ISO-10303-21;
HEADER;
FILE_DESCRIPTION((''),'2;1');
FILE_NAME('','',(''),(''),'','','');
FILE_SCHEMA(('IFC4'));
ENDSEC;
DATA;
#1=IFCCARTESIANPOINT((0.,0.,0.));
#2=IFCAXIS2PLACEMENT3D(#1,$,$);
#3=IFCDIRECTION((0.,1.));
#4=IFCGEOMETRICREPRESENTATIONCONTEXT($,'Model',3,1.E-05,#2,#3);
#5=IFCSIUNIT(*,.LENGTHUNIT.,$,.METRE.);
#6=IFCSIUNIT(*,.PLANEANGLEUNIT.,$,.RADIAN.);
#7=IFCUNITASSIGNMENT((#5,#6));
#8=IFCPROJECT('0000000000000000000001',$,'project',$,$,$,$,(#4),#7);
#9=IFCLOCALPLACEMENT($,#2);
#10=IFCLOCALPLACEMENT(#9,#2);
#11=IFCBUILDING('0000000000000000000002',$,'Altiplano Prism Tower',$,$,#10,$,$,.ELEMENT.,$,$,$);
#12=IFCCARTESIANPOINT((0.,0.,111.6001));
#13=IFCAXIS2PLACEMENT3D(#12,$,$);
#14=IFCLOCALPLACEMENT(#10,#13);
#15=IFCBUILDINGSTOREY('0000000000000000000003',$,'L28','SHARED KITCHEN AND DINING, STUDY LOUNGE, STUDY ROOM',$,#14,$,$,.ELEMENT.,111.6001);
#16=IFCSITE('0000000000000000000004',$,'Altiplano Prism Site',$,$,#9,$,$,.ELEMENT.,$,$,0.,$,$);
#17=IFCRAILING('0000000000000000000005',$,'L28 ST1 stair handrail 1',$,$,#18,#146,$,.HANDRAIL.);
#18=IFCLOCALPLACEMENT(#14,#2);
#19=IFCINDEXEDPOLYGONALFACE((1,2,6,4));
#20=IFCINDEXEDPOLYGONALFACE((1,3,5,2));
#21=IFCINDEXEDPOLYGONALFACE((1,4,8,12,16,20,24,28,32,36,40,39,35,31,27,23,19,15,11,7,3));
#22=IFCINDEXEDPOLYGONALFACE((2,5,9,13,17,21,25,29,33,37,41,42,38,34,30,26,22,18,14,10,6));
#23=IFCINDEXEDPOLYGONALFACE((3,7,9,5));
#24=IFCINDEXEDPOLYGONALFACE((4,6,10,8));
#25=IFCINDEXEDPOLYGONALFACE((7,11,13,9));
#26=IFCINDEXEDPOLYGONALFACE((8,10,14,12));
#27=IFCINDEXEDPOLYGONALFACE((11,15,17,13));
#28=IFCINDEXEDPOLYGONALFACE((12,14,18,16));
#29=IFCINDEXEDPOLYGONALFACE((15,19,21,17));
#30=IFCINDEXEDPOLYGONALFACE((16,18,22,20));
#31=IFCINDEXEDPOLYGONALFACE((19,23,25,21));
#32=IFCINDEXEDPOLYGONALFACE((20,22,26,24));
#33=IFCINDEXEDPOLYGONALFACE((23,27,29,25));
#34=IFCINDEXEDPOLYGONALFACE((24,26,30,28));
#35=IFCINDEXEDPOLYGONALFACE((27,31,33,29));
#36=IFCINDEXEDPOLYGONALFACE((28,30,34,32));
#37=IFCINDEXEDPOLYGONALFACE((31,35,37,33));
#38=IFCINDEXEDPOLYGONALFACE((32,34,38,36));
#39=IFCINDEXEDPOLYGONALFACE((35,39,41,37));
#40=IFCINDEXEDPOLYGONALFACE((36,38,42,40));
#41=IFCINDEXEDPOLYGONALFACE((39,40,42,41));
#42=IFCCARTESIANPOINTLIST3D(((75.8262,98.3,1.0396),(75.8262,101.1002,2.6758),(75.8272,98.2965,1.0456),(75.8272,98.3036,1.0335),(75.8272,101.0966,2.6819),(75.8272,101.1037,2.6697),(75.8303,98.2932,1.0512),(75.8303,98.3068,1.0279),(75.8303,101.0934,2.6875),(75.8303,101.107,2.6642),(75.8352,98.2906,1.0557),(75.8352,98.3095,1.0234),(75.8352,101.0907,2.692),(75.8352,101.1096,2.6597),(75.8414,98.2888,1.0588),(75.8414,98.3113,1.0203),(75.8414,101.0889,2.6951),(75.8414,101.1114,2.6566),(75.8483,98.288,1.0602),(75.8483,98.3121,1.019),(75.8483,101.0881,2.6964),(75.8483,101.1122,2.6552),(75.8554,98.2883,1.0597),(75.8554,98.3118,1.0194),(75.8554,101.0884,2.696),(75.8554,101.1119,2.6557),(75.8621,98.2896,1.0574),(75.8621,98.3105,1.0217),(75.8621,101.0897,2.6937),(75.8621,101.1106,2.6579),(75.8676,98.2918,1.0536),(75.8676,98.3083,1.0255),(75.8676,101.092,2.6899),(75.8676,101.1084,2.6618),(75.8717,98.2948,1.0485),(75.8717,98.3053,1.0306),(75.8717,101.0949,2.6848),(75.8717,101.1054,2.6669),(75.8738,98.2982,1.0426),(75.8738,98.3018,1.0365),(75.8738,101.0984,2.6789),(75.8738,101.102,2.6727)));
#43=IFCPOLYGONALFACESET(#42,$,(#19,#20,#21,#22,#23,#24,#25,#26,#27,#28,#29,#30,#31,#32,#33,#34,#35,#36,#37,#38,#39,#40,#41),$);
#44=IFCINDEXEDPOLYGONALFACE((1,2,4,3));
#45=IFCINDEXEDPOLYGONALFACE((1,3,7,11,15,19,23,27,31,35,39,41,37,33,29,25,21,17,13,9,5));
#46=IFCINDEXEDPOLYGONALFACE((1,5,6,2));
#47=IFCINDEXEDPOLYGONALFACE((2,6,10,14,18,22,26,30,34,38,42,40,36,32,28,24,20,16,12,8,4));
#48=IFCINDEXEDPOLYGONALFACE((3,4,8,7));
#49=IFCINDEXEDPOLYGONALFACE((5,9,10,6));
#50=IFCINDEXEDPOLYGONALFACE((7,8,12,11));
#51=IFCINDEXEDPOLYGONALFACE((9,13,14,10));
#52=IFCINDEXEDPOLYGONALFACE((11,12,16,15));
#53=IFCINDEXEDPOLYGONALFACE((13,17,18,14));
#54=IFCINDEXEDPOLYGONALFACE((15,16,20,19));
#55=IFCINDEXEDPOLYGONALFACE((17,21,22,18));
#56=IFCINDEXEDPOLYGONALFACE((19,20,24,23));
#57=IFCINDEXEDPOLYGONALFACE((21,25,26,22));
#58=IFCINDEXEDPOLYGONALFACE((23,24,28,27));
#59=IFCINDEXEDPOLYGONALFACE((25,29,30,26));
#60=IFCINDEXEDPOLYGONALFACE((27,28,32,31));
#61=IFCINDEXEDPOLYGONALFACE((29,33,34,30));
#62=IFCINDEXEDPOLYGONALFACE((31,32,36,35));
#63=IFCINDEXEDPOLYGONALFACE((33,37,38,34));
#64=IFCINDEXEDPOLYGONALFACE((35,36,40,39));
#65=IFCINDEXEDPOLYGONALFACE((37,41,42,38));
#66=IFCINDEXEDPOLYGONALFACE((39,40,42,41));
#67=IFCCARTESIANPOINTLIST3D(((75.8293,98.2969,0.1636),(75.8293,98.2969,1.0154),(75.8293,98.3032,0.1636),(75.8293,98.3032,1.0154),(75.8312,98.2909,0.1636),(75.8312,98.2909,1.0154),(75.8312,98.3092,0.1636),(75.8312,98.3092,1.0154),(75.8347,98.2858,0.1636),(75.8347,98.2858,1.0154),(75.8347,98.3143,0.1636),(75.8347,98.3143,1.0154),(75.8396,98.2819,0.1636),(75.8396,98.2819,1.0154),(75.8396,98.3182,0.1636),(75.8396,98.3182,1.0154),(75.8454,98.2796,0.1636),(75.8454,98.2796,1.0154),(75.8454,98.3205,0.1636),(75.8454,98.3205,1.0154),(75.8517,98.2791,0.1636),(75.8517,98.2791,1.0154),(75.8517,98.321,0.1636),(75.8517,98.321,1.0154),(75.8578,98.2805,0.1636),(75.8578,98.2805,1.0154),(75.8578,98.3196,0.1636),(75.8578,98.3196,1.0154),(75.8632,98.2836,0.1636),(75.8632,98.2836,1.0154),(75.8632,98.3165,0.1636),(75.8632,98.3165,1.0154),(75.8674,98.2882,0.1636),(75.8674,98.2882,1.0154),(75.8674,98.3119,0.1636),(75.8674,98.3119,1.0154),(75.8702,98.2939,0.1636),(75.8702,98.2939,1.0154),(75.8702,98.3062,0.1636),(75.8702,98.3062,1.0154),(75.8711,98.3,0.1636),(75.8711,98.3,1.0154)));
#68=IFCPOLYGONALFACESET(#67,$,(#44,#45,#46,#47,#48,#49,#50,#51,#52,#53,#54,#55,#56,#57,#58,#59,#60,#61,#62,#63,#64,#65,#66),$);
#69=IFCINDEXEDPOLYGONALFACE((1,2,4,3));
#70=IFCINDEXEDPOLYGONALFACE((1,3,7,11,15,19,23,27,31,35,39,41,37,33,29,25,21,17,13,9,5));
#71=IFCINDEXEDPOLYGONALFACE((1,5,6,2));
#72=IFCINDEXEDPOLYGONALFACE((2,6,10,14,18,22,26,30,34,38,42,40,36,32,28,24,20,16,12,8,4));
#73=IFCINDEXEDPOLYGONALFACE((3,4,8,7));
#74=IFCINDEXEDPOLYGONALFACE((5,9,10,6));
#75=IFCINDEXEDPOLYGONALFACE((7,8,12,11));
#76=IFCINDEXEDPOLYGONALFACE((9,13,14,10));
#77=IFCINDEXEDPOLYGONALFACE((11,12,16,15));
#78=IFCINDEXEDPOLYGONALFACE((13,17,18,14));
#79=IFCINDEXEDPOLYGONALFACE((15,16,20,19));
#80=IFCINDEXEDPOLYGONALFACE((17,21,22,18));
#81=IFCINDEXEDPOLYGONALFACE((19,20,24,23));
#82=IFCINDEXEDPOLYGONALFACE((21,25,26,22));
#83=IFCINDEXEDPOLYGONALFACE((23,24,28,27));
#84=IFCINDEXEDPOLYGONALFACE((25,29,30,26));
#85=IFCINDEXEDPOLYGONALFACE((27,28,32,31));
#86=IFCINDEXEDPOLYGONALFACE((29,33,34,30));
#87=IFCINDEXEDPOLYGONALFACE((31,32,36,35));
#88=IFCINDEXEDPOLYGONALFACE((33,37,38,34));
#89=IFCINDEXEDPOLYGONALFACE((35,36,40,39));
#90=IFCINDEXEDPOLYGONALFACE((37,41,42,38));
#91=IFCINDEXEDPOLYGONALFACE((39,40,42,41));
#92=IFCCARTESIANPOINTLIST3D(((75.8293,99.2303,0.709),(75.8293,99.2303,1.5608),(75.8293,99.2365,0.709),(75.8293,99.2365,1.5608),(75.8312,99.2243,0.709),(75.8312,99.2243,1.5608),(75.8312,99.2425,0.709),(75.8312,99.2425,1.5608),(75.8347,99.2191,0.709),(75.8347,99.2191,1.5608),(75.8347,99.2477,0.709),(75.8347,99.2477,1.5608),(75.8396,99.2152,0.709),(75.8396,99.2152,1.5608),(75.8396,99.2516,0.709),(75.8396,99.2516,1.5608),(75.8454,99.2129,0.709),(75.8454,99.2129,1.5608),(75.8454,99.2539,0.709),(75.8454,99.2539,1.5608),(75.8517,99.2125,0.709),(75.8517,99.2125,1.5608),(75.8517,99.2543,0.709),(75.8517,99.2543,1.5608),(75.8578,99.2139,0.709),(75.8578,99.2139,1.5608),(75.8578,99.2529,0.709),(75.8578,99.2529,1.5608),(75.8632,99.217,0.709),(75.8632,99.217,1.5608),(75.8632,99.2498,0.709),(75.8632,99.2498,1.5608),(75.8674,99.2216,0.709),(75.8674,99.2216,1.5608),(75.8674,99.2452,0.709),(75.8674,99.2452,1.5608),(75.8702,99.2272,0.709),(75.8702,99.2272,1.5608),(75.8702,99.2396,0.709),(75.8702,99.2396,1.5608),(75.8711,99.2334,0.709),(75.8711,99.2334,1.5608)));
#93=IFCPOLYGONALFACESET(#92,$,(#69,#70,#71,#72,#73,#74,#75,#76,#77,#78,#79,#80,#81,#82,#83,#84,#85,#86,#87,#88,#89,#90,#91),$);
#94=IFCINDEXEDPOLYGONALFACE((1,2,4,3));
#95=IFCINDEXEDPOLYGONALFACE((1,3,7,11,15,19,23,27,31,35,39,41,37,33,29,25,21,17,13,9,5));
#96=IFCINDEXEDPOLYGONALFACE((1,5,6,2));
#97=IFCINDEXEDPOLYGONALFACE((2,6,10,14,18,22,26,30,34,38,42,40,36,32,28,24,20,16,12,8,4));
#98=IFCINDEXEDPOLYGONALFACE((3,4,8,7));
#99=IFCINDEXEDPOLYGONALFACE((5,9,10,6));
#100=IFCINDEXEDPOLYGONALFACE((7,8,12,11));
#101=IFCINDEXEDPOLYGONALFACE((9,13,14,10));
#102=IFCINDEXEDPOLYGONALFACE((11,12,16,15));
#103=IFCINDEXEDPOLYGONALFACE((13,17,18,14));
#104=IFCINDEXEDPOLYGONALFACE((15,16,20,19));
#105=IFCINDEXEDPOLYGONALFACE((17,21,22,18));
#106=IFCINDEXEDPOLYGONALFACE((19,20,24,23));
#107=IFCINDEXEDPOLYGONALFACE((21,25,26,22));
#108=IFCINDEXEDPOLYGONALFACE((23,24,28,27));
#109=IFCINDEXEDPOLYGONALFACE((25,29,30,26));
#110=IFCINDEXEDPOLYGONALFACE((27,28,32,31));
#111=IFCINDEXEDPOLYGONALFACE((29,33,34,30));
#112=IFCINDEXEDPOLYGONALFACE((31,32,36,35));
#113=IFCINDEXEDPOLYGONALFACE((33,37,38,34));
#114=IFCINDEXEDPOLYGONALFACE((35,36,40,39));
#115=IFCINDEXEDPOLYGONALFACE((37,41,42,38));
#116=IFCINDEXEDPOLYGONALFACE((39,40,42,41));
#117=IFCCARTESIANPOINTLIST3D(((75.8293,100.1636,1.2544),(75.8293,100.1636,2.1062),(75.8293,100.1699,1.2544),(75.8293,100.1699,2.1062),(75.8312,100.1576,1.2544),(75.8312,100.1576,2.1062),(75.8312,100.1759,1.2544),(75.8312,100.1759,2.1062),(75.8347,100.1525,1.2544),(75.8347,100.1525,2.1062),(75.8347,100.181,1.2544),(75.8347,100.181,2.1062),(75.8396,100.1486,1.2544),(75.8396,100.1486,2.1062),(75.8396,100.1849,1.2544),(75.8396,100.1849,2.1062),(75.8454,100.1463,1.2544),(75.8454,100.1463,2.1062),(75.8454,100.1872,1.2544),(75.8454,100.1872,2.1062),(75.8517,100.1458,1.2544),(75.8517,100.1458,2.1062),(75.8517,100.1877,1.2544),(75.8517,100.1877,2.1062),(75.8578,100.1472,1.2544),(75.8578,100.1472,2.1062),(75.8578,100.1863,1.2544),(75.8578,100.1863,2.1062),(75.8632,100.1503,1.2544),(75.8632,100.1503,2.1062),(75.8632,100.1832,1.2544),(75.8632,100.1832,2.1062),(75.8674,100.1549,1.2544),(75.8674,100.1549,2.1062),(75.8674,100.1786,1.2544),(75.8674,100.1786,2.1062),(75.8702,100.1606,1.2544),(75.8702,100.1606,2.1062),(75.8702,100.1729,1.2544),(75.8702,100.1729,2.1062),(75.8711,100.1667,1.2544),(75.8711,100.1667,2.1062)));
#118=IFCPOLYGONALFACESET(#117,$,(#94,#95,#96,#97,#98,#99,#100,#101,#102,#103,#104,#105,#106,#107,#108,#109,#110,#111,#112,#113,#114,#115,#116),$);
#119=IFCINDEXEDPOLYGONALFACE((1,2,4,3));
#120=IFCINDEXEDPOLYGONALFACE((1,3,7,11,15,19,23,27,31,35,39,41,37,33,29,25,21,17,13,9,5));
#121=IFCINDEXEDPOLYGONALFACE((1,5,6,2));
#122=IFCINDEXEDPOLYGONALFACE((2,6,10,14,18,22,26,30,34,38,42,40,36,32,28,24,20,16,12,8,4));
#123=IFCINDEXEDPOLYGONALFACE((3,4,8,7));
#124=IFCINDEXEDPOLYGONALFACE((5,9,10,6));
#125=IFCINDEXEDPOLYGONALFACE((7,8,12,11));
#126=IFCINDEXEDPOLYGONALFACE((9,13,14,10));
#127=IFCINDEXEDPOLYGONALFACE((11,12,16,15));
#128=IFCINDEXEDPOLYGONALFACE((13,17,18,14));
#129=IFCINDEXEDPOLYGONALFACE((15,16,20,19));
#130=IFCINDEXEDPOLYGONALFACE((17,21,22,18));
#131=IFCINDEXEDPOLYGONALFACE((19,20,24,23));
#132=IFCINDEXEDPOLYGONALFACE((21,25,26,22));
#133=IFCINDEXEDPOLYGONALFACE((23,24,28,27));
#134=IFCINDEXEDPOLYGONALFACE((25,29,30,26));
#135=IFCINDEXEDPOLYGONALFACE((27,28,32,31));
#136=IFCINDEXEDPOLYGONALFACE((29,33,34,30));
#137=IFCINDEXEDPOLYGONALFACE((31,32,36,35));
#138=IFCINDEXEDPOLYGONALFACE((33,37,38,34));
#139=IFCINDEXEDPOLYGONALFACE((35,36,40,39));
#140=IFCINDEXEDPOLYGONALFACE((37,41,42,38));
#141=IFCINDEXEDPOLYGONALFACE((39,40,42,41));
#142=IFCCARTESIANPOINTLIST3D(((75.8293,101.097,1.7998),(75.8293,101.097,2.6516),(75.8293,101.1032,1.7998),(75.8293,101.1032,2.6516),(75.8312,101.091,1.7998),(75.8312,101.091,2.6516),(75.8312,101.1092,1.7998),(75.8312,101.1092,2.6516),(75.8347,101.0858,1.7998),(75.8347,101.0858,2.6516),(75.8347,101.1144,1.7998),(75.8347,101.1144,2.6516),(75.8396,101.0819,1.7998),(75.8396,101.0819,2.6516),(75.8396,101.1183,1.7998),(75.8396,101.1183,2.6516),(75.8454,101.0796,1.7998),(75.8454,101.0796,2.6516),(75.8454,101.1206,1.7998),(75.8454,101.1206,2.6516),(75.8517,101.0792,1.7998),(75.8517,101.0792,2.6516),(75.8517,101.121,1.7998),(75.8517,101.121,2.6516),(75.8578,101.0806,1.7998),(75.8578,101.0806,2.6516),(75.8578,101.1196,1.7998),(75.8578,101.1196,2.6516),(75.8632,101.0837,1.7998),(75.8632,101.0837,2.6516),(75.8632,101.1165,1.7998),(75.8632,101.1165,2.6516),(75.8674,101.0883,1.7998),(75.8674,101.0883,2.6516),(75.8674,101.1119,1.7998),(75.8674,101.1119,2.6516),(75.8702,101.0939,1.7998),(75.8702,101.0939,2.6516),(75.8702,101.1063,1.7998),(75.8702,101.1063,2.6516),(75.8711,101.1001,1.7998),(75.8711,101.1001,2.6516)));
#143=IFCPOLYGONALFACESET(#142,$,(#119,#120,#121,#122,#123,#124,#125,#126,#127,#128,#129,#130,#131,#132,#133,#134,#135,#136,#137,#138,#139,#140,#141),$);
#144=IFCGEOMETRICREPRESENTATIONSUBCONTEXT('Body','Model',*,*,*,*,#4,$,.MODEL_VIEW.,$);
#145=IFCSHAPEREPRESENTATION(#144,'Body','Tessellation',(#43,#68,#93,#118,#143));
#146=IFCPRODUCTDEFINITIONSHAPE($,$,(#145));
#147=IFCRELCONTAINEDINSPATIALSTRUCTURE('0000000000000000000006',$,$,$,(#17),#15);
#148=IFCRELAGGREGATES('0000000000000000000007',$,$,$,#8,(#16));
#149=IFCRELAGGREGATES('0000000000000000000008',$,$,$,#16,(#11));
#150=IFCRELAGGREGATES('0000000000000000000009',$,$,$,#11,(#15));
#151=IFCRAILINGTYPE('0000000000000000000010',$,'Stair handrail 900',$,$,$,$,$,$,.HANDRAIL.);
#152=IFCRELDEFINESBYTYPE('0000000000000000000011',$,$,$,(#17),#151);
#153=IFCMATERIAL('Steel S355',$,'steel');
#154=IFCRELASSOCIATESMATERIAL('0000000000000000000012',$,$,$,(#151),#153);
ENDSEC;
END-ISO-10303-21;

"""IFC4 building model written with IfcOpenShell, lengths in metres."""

from ifc_helpers import new_model, si_unit, direction, frame, origin, origin_2d, place, context, subcontext, project, spatial, circle, extrude, material, type_object, element, save


model = new_model("IFC4")

# Units and contexts
model_context = context("Model", 3, precision=1e-05, world=origin(), true_north=direction((0.0, 1.0)))
body_context = subcontext(model_context, "Body", "Model", "MODEL_VIEW")
ifc_project = project(units=[si_unit("LENGTHUNIT", "METRE"), si_unit("PLANEANGLEUNIT", "RADIAN")], contexts=[model_context])

# Site, building, storey
site_placement = place(None, origin())
site = spatial("IfcSite", under=ifc_project, at=site_placement, Name="Altiplano Prism Site", CompositionType="ELEMENT", RefElevation=0.0)
building_placement = place(site_placement, origin())
building = spatial("IfcBuilding", under=site, at=building_placement, Name="Altiplano Prism Tower", CompositionType="ELEMENT")
storey_placement = place(building_placement, frame((0.0, 0.0, 111.6001)))
storey = spatial("IfcBuildingStorey", under=building, at=storey_placement, Name="L28", Description="SHARED KITCHEN AND DINING, STUDY LOUNGE, STUDY ROOM", CompositionType="ELEMENT", Elevation=111.6001)

# Railing
ifc_material_1 = material(Name="Steel S355", Category="steel")
railing_type = type_object("IfcRailingType", Name="Stair handrail 900", PredefinedType="HANDRAIL", material=ifc_material_1)
railing_1_placement = place(storey_placement, frame((75.8501, 98.3, 0.1636)))
element("IfcRailing", 1, at=railing_1_placement, inside=storey, type_object=railing_type, Name="L28 ST1 stair handrail 1", PredefinedType="HANDRAIL", context=body_context, shape_type="SweptSolid", body=[
    extrude(circle(Radius=0.0239, at=origin_2d()), frame((0.0, 0.0, 0.876), z_axis=(0.0, 0.863394, 0.504531), x_axis=(-1.0, 0.0, 0.0)), (0.0, 0.0, 1.0), 3.2432),
    extrude(circle(Radius=0.021, at=origin_2d()), origin(), (0.0, 0.0, 1.0), 0.8518),
    extrude(circle(Radius=0.021, at=origin_2d()), frame((0.0, 0.9333, 0.5454)), (0.0, 0.0, 1.0), 0.8518),
    extrude(circle(Radius=0.021, at=origin_2d()), frame((0.0, 1.8667, 1.0908)), (0.0, 0.0, 1.0), 0.8518),
    extrude(circle(Radius=0.021, at=origin_2d()), frame((0.0, 2.8, 1.6362)), (0.0, 0.0, 1.0), 0.8518),
])

save(model, "model.ifc")
